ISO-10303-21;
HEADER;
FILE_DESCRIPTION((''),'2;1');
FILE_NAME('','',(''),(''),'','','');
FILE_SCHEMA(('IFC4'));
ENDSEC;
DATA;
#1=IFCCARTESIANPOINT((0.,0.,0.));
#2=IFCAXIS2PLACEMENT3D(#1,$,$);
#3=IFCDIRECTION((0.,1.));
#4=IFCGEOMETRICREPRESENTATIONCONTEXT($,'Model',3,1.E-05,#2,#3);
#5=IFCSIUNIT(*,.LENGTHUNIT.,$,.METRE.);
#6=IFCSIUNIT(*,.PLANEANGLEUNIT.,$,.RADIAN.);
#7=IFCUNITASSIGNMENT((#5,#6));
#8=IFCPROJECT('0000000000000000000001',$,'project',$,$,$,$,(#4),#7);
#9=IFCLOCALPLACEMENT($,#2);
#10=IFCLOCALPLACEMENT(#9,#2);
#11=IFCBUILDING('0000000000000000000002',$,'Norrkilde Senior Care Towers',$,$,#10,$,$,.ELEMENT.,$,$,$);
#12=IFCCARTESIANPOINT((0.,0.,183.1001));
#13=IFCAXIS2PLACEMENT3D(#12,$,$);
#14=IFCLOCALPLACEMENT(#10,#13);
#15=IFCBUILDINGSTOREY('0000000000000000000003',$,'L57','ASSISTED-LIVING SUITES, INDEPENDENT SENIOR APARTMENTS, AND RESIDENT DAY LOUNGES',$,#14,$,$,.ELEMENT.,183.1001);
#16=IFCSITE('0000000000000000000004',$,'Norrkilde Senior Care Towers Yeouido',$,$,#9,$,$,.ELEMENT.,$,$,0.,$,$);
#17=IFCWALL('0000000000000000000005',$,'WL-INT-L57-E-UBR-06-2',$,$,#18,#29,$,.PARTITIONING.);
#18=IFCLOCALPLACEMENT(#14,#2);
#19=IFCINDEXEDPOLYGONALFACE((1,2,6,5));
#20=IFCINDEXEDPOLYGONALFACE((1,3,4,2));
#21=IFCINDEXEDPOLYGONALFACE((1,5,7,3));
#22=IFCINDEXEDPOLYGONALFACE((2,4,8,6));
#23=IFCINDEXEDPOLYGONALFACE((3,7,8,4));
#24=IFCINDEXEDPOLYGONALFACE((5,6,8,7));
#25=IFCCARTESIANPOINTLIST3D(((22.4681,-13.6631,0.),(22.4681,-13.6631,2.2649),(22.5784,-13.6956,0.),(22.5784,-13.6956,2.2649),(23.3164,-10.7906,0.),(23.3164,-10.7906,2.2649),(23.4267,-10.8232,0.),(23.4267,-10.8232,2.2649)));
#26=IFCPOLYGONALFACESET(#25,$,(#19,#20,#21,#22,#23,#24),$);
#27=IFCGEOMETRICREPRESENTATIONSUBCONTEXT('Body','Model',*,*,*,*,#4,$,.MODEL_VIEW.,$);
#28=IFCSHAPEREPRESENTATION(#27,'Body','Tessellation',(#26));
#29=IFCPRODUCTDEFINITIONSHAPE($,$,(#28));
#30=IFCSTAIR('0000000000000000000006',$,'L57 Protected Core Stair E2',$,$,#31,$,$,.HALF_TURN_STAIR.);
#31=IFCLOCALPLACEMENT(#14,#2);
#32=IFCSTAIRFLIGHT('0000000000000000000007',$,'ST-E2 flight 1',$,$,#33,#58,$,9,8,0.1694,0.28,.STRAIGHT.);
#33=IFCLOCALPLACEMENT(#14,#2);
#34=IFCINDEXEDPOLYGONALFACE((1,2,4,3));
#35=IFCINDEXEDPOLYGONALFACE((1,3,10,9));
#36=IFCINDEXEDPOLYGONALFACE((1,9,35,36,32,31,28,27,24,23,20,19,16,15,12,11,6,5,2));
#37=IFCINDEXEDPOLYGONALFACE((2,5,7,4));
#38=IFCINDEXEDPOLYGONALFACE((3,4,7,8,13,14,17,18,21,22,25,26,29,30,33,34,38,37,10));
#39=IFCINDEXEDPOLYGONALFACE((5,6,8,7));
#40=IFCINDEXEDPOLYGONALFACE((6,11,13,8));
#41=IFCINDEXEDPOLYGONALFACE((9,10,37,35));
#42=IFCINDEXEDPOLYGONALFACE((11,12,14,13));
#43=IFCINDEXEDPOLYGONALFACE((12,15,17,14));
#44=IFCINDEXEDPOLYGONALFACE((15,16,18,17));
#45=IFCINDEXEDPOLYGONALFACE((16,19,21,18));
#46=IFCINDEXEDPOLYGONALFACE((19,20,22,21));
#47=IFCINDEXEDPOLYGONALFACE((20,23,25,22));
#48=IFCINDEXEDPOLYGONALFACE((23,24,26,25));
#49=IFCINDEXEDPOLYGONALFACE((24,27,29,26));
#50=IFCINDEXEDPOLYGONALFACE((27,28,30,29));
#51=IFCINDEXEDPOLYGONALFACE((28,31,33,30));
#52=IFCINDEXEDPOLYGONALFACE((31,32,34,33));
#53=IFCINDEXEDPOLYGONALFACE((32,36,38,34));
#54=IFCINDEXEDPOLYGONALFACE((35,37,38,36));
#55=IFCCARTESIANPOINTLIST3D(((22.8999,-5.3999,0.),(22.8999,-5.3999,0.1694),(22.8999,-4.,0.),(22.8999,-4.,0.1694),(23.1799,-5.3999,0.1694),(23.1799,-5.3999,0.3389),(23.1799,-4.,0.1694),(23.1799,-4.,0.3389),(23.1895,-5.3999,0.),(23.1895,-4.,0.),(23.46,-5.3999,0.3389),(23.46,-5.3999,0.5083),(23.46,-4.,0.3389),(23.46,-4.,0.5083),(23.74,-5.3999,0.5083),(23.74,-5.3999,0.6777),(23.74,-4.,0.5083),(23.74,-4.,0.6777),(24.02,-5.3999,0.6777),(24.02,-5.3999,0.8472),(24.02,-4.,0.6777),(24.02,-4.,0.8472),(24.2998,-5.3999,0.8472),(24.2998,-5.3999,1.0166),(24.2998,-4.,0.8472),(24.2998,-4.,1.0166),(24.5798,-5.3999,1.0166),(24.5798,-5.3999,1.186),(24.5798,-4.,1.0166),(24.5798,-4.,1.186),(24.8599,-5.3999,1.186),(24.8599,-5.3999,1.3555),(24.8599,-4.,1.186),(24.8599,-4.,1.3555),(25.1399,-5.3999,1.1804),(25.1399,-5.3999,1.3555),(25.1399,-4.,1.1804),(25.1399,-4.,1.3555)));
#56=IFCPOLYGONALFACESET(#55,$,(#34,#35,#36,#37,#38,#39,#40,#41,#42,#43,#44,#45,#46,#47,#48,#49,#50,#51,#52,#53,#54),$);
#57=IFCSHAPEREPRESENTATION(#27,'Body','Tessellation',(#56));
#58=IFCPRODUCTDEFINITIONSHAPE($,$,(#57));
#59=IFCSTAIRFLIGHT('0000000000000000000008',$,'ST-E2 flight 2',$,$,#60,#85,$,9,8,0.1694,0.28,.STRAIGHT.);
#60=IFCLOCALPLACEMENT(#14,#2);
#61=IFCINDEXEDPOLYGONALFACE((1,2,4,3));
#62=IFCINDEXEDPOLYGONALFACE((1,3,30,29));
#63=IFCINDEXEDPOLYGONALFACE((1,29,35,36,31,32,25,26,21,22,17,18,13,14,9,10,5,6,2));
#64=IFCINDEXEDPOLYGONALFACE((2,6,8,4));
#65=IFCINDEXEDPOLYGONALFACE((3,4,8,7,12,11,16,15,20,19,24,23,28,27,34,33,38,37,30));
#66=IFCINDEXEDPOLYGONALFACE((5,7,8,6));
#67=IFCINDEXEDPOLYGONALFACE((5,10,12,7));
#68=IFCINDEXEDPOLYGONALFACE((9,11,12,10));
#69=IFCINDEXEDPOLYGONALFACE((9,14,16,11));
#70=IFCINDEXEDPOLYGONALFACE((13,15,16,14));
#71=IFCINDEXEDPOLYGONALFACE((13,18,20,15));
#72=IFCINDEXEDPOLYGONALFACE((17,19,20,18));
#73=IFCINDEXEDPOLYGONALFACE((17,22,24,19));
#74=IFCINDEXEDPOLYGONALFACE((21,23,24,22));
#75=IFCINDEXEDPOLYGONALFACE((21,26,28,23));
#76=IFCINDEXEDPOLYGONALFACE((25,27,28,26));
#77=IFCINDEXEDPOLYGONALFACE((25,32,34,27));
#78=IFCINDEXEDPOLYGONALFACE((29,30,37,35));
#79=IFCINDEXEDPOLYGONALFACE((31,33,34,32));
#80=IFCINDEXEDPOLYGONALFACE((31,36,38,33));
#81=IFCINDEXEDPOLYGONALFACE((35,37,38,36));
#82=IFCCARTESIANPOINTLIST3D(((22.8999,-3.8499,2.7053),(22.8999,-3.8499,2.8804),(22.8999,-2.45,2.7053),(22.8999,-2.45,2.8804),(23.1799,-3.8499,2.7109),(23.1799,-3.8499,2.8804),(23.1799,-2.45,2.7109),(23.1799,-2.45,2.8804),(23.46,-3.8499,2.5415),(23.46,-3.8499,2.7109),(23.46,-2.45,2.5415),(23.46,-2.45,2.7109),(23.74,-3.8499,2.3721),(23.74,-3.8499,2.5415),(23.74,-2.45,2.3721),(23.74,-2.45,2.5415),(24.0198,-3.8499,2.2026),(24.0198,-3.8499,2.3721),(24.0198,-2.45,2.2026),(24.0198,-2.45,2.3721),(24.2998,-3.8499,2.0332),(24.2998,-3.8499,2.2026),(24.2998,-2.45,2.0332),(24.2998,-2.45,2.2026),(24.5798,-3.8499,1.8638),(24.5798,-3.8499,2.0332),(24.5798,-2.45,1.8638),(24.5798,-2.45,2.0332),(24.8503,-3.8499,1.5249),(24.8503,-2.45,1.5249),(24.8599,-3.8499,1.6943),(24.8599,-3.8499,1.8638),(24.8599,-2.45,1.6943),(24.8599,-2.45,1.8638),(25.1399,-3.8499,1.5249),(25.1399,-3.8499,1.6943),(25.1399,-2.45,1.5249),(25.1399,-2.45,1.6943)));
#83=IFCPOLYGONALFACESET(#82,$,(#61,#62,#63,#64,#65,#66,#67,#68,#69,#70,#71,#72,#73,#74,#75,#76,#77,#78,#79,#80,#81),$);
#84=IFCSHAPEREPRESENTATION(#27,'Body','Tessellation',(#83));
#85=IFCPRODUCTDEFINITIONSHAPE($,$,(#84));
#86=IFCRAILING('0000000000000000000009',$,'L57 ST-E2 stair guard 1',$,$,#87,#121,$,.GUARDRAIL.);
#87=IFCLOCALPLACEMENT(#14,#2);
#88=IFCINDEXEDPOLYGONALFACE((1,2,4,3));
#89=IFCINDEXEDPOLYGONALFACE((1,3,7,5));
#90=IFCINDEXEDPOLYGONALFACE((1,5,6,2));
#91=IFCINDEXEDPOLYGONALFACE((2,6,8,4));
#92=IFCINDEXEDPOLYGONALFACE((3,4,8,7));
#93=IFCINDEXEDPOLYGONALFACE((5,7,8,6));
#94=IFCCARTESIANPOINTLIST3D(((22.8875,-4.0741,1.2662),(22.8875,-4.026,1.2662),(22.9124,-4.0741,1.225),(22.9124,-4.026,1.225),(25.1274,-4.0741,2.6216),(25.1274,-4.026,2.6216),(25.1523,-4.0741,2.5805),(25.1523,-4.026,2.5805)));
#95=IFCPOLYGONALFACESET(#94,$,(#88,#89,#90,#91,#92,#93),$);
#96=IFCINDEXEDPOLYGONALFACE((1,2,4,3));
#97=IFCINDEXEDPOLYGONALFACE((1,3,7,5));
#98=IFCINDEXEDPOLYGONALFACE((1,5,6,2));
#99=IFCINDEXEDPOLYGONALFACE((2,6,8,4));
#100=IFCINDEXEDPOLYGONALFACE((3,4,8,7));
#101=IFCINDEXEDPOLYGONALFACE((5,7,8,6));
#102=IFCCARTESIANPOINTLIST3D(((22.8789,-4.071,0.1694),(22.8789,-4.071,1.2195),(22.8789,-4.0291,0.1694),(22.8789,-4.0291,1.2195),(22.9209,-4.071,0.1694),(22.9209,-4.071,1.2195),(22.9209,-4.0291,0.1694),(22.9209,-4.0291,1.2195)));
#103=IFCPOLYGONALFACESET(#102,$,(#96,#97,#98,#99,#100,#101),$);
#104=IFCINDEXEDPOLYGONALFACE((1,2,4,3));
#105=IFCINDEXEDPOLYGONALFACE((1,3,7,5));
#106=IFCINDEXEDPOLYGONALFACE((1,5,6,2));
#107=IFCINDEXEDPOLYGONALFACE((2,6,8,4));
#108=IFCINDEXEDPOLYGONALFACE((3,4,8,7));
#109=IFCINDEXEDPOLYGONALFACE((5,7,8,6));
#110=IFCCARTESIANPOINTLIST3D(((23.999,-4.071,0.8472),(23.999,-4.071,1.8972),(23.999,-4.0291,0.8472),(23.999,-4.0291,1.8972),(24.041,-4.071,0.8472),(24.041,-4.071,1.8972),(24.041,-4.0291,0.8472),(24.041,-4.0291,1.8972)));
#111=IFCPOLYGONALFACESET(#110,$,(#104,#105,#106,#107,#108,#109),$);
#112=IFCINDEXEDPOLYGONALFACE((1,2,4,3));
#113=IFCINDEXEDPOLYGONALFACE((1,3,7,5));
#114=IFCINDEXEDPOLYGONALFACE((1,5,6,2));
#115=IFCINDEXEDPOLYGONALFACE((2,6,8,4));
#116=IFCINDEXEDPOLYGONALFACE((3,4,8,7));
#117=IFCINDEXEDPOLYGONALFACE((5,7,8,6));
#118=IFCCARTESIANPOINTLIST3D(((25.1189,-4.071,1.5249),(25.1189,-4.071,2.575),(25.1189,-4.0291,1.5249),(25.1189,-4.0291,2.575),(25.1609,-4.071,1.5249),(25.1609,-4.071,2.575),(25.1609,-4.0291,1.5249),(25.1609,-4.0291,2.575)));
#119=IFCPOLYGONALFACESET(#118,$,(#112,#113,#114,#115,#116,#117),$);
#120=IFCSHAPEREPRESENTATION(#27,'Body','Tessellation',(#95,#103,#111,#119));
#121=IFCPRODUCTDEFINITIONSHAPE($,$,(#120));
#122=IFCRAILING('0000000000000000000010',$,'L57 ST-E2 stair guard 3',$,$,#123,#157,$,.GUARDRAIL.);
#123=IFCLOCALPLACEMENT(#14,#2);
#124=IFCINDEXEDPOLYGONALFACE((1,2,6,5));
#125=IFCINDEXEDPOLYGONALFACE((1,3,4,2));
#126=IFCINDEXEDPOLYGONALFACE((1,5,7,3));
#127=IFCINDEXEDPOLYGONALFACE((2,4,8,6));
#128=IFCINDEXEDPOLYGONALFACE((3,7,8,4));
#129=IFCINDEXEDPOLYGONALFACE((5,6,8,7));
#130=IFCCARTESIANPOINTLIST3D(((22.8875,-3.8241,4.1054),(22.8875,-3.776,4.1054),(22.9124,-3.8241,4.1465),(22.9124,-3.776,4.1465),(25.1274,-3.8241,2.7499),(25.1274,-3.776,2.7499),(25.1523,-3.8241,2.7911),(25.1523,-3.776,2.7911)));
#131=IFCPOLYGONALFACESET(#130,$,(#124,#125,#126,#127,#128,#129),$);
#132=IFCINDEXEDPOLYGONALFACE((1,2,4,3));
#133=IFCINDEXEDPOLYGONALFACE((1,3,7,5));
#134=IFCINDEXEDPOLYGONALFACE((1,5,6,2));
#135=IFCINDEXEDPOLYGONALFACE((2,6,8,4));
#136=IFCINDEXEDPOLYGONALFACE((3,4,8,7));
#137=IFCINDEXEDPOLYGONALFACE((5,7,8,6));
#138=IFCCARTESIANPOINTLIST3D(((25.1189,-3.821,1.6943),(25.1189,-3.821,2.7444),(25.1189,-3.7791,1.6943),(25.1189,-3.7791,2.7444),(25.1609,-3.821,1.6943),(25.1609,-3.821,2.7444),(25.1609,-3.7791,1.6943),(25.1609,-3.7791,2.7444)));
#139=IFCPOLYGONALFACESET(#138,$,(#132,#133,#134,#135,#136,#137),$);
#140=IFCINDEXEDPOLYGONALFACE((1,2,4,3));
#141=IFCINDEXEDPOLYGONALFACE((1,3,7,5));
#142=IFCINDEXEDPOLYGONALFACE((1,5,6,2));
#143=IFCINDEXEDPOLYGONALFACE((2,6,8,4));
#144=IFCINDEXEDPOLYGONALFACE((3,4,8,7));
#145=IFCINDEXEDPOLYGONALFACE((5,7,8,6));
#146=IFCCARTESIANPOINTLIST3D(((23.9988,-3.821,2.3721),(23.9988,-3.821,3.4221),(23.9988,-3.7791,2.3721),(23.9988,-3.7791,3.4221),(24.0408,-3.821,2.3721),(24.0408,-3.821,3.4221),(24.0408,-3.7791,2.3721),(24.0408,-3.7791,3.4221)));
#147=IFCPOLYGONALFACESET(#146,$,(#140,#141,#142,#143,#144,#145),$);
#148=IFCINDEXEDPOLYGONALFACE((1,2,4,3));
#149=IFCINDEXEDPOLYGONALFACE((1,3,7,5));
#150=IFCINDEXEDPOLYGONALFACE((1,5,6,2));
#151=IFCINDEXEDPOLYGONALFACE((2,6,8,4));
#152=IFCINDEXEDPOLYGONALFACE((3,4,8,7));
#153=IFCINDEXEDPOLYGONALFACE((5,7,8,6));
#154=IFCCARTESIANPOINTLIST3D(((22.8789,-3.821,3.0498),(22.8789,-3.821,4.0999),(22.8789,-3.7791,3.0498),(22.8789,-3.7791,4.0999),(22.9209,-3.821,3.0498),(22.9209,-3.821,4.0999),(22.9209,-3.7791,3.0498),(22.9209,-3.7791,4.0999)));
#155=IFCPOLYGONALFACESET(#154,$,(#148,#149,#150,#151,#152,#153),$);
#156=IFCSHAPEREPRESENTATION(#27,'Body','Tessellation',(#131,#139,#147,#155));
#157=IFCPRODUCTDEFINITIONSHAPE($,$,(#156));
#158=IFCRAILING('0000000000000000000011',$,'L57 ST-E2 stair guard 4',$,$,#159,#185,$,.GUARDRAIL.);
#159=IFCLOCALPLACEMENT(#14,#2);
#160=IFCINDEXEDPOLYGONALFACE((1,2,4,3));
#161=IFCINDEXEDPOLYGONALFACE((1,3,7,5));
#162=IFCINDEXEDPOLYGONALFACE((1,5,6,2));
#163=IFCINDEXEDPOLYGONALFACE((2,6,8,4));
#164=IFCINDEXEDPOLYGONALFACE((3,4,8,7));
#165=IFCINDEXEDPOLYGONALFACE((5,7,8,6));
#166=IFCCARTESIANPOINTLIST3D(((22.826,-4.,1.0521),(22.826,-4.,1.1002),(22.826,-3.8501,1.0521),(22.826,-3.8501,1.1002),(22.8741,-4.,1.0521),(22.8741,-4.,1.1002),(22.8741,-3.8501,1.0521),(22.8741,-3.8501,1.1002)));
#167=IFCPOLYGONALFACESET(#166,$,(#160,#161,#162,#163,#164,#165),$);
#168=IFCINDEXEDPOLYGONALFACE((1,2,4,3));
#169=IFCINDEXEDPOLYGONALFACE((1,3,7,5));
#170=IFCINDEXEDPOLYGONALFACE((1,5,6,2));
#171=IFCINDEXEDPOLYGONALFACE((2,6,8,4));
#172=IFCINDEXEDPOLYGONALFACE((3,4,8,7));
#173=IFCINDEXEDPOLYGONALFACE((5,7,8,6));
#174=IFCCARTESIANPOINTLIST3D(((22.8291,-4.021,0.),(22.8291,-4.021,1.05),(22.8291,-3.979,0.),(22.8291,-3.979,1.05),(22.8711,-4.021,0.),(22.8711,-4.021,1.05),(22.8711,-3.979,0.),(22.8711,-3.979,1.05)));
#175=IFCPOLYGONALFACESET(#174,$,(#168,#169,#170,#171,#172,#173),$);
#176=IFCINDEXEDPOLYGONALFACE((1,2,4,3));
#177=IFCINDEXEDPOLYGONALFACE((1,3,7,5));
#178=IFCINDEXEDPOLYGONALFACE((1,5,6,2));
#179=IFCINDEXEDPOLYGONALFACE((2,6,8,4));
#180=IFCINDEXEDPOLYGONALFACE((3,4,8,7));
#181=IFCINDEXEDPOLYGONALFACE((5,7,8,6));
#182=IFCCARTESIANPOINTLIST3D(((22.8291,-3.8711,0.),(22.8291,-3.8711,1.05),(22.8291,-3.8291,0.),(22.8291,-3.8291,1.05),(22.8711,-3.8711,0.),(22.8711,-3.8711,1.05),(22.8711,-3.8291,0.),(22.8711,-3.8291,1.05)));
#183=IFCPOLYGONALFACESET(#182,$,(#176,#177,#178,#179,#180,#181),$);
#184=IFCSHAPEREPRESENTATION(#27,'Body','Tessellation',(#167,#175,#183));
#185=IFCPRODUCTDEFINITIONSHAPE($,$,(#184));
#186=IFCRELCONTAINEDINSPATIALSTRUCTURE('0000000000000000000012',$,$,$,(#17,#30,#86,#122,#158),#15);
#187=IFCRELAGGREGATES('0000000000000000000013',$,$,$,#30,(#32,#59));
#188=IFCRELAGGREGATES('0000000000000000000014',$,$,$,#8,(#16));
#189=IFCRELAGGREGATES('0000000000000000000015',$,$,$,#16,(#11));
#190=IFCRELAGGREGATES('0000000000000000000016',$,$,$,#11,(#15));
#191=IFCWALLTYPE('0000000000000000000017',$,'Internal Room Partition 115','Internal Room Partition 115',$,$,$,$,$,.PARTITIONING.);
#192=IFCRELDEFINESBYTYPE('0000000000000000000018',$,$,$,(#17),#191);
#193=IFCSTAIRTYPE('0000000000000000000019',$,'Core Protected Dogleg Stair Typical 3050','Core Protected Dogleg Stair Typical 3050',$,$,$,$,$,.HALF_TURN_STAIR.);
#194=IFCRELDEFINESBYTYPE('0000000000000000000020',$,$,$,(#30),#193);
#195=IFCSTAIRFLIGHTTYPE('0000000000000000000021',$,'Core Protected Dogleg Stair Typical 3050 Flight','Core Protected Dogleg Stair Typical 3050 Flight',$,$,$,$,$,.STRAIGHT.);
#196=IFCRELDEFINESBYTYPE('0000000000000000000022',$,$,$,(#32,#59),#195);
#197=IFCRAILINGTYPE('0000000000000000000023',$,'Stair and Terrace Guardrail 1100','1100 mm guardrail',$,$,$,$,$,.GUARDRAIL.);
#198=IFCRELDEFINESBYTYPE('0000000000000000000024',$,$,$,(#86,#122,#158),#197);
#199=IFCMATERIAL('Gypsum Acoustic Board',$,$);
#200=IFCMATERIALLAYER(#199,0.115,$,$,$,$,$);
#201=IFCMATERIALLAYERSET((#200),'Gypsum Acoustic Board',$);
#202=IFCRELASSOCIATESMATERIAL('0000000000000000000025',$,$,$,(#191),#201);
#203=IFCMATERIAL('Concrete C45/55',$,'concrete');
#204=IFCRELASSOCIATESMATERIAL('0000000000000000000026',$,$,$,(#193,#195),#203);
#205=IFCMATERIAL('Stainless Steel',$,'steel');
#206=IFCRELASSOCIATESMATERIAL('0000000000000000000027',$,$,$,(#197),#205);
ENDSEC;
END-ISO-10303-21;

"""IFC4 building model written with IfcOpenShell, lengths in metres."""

from ifc_helpers import new_model, si_unit, direction, frame, frame_2d, origin, origin_2d, place, context, subcontext, project, spatial, polyline, rectangle, outline, extrude, source, transform, mapped, material, layer, layer_set, type_object, element, aggregate, save


model = new_model("IFC4")

# Units and contexts
model_context = context("Model", 3, precision=1e-05, world=origin(), true_north=direction((0.0, 1.0)))
body_context = subcontext(model_context, "Body", "Model", "MODEL_VIEW")
ifc_project = project(units=[si_unit("LENGTHUNIT", "METRE"), si_unit("PLANEANGLEUNIT", "RADIAN")], contexts=[model_context])

# Site, building, storey
site_placement = place(None, origin())
site = spatial("IfcSite", under=ifc_project, at=site_placement, Name="Norrkilde Senior Care Towers Yeouido", CompositionType="ELEMENT", RefElevation=0.0)
building_placement = place(site_placement, origin())
building = spatial("IfcBuilding", under=site, at=building_placement, Name="Norrkilde Senior Care Towers", CompositionType="ELEMENT")
storey_placement = place(building_placement, frame((0.0, 0.0, 183.1001)))
storey = spatial("IfcBuildingStorey", under=building, at=storey_placement, Name="L57", Description="ASSISTED-LIVING SUITES, INDEPENDENT SENIOR APARTMENTS, AND RESIDENT DAY LOUNGES", CompositionType="ELEMENT", Elevation=183.1001)

# Shared definitions
ifc_material_1 = material(Name="Concrete C45/55", Category="concrete")

# Shared definitions
ifc_material_2 = material(Name="Gypsum Acoustic Board")
ifc_layer_1 = layer(ifc_material_2, 0.115)
ifc_layer_set_1 = layer_set([ifc_layer_1], Name="Gypsum Acoustic Board")
wall_type_1 = type_object("IfcWallType", Name="Internal Room Partition 115", Description="Internal Room Partition 115", PredefinedType="PARTITIONING", material=ifc_layer_set_1)

# Wall
shared_shape_1 = source(origin(), body_context, "Body", "SweptSolid", [
    extrude(rectangle(XDim=2.9951, YDim=0.115, at=frame_2d((1.4976, 0.0))), origin(), (0.0, 0.0, 1.0), 2.2649),
])
wall_1_placement = place(storey_placement, frame((23.3716, -10.8069, 0.0), z_axis=(0.0, 0.0, 1.0), x_axis=(-0.283247, -0.959047, 0.0)))
element("IfcWall", 1, at=wall_1_placement, inside=storey, type_object=wall_type_1, Name="WL-INT-L57-E-UBR-06-2", PredefinedType="PARTITIONING", context=body_context, shape_type="MappedRepresentation", body=[
    mapped(shared_shape_1, transform((0.0, 0.0, 0.0), x_axis=(1.0, 0.0, 0.0), y_axis=(0.0, 1.0, 0.0), z_axis=(0.0, 0.0, 1.0), scale=1.0)),
])

# Stair, stair flights
stair_type = type_object("IfcStairType", Name="Core Protected Dogleg Stair Typical 3050", Description="Core Protected Dogleg Stair Typical 3050", PredefinedType="HALF_TURN_STAIR", material=ifc_material_1)
stair_placement = place(storey_placement, origin())
stair = element("IfcStair", 2, at=stair_placement, inside=storey, type_object=stair_type, Name="L57 Protected Core Stair E2", PredefinedType="HALF_TURN_STAIR")
stair_flight_type = type_object("IfcStairFlightType", Name="Core Protected Dogleg Stair Typical 3050 Flight", Description="Core Protected Dogleg Stair Typical 3050 Flight", PredefinedType="STRAIGHT", material=ifc_material_1)
stair_flight_1_placement = place(storey_placement, frame((22.8999, -4.7, 0.0), z_axis=(0.0, 0.0, 1.0), x_axis=(1.0, 0.0, 0.0)))
stair_flight_1 = element("IfcStairFlight", 3, at=stair_flight_1_placement, type_object=stair_flight_type, Name="ST-E2 flight 1", NumberOfRisers=9, NumberOfTreads=8, PredefinedType="STRAIGHT", RiserHeight=0.1694, TreadLength=0.28, context=body_context, shape_type="SweptSolid", body=[
    extrude(outline(polyline([(0.0, 0.0), (0.0, 0.1694), (0.28, 0.1694), (0.28, 0.3389), (0.5601, 0.3389), (0.5601, 0.5083), (0.8401, 0.5083), (0.8401, 0.6777), (1.1201, 0.6777), (1.1201, 0.8472), (1.3999, 0.8472), (1.3999, 1.0166), (1.6799, 1.0166), (1.6799, 1.186), (1.96, 1.186), (1.96, 1.3555), (2.24, 1.3555), (2.24, 1.5249), (2.24, 1.1804), (0.2896, 0.0), (0.0, 0.0)])), frame((0.0, 0.7, 0.0), z_axis=(0.0, -1.0, 0.0), x_axis=(1.0, 0.0, 0.0)), (0.0, 0.0, 1.0), 1.3999),
])
stair_flight_2_placement = place(storey_placement, frame((25.1399, -3.1499, 1.5249), z_axis=(0.0, 0.0, 1.0), x_axis=(-1.0, 0.0, 0.0)))
stair_flight_2 = element("IfcStairFlight", 4, at=stair_flight_2_placement, type_object=stair_flight_type, Name="ST-E2 flight 2", NumberOfRisers=9, NumberOfTreads=8, PredefinedType="STRAIGHT", RiserHeight=0.1694, TreadLength=0.28, context=body_context, shape_type="SweptSolid", body=[
    extrude(outline(polyline([(0.0, 0.0), (0.0, 0.1694), (0.28, 0.1694), (0.28, 0.3389), (0.5601, 0.3389), (0.5601, 0.5083), (0.8401, 0.5083), (0.8401, 0.6777), (1.1201, 0.6777), (1.1201, 0.8472), (1.3999, 0.8472), (1.3999, 1.0166), (1.6799, 1.0166), (1.6799, 1.186), (1.96, 1.186), (1.96, 1.3555), (2.24, 1.3555), (2.24, 1.5249), (2.24, 1.1804), (0.2896, 0.0), (0.0, 0.0)])), frame((0.0, 0.7, 0.0), z_axis=(0.0, -1.0, 0.0), x_axis=(1.0, 0.0, 0.0)), (0.0, 0.0, 1.0), 1.3999),
])
aggregate(stair, [stair_flight_1, stair_flight_2])

# Railings
ifc_material_3 = material(Name="Stainless Steel", Category="steel")
railing_type_1 = type_object("IfcRailingType", Name="Stair and Terrace Guardrail 1100", Description="1100 mm guardrail", PredefinedType="GUARDRAIL", material=ifc_material_3)
railing_1_placement = place(storey_placement, frame((22.8999, -4.05, 0.1694)))
element("IfcRailing", 5, at=railing_1_placement, inside=storey, type_object=railing_type_1, Name="L57 ST-E2 stair guard 1", PredefinedType="GUARDRAIL", context=body_context, shape_type="SweptSolid", body=[
    extrude(rectangle(XDim=0.0481, YDim=0.0481, at=origin_2d()), frame((0.0, 0.0, 1.0762), z_axis=(0.855553, 0.0, 0.517715), x_axis=(0.0, 1.0, 0.0)), (0.0, 0.0, 1.0), 2.6182),
    extrude(rectangle(XDim=0.042, YDim=0.042, at=origin_2d()), origin(), (0.0, 0.0, 1.0), 1.05),
    extrude(rectangle(XDim=0.042, YDim=0.042, at=origin_2d()), frame((1.1201, 0.0, 0.6777)), (0.0, 0.0, 1.0), 1.05),
    extrude(rectangle(XDim=0.042, YDim=0.042, at=origin_2d()), frame((2.24, 0.0, 1.3555)), (0.0, 0.0, 1.0), 1.05),
])
railing_2_placement = place(storey_placement, frame((25.1399, -3.8, 1.6943)))
element("IfcRailing", 6, at=railing_2_placement, inside=storey, type_object=railing_type_1, Name="L57 ST-E2 stair guard 3", PredefinedType="GUARDRAIL", context=body_context, shape_type="SweptSolid", body=[
    extrude(rectangle(XDim=0.0481, YDim=0.0481, at=origin_2d()), frame((0.0, 0.0, 1.0762), z_axis=(-0.855553, 0.0, 0.517715), x_axis=(0.0, -1.0, 0.0)), (0.0, 0.0, 1.0), 2.6182),
    extrude(rectangle(XDim=0.042, YDim=0.042, at=origin_2d()), origin(), (0.0, 0.0, 1.0), 1.05),
    extrude(rectangle(XDim=0.042, YDim=0.042, at=origin_2d()), frame((-1.1201, 0.0, 0.6777)), (0.0, 0.0, 1.0), 1.05),
    extrude(rectangle(XDim=0.042, YDim=0.042, at=origin_2d()), frame((-2.24, 0.0, 1.3555)), (0.0, 0.0, 1.0), 1.05),
])
railing_3_placement = place(storey_placement, frame((22.8501, -4.0, 0.0)))
element("IfcRailing", 7, at=railing_3_placement, inside=storey, type_object=railing_type_1, Name="L57 ST-E2 stair guard 4", PredefinedType="GUARDRAIL", context=body_context, shape_type="SweptSolid", body=[
    extrude(rectangle(XDim=0.0481, YDim=0.0481, at=origin_2d()), frame((0.0, 0.0, 1.0762), z_axis=(0.0, 1.0, 0.0), x_axis=(-1.0, 0.0, 0.0)), (0.0, 0.0, 1.0), 0.1499),
    extrude(rectangle(XDim=0.042, YDim=0.042, at=origin_2d()), origin(), (0.0, 0.0, 1.0), 1.05),
    extrude(rectangle(XDim=0.042, YDim=0.042, at=origin_2d()), frame((0.0, 0.1499, 0.0)), (0.0, 0.0, 1.0), 1.05),
])

save(model, "model.ifc")
